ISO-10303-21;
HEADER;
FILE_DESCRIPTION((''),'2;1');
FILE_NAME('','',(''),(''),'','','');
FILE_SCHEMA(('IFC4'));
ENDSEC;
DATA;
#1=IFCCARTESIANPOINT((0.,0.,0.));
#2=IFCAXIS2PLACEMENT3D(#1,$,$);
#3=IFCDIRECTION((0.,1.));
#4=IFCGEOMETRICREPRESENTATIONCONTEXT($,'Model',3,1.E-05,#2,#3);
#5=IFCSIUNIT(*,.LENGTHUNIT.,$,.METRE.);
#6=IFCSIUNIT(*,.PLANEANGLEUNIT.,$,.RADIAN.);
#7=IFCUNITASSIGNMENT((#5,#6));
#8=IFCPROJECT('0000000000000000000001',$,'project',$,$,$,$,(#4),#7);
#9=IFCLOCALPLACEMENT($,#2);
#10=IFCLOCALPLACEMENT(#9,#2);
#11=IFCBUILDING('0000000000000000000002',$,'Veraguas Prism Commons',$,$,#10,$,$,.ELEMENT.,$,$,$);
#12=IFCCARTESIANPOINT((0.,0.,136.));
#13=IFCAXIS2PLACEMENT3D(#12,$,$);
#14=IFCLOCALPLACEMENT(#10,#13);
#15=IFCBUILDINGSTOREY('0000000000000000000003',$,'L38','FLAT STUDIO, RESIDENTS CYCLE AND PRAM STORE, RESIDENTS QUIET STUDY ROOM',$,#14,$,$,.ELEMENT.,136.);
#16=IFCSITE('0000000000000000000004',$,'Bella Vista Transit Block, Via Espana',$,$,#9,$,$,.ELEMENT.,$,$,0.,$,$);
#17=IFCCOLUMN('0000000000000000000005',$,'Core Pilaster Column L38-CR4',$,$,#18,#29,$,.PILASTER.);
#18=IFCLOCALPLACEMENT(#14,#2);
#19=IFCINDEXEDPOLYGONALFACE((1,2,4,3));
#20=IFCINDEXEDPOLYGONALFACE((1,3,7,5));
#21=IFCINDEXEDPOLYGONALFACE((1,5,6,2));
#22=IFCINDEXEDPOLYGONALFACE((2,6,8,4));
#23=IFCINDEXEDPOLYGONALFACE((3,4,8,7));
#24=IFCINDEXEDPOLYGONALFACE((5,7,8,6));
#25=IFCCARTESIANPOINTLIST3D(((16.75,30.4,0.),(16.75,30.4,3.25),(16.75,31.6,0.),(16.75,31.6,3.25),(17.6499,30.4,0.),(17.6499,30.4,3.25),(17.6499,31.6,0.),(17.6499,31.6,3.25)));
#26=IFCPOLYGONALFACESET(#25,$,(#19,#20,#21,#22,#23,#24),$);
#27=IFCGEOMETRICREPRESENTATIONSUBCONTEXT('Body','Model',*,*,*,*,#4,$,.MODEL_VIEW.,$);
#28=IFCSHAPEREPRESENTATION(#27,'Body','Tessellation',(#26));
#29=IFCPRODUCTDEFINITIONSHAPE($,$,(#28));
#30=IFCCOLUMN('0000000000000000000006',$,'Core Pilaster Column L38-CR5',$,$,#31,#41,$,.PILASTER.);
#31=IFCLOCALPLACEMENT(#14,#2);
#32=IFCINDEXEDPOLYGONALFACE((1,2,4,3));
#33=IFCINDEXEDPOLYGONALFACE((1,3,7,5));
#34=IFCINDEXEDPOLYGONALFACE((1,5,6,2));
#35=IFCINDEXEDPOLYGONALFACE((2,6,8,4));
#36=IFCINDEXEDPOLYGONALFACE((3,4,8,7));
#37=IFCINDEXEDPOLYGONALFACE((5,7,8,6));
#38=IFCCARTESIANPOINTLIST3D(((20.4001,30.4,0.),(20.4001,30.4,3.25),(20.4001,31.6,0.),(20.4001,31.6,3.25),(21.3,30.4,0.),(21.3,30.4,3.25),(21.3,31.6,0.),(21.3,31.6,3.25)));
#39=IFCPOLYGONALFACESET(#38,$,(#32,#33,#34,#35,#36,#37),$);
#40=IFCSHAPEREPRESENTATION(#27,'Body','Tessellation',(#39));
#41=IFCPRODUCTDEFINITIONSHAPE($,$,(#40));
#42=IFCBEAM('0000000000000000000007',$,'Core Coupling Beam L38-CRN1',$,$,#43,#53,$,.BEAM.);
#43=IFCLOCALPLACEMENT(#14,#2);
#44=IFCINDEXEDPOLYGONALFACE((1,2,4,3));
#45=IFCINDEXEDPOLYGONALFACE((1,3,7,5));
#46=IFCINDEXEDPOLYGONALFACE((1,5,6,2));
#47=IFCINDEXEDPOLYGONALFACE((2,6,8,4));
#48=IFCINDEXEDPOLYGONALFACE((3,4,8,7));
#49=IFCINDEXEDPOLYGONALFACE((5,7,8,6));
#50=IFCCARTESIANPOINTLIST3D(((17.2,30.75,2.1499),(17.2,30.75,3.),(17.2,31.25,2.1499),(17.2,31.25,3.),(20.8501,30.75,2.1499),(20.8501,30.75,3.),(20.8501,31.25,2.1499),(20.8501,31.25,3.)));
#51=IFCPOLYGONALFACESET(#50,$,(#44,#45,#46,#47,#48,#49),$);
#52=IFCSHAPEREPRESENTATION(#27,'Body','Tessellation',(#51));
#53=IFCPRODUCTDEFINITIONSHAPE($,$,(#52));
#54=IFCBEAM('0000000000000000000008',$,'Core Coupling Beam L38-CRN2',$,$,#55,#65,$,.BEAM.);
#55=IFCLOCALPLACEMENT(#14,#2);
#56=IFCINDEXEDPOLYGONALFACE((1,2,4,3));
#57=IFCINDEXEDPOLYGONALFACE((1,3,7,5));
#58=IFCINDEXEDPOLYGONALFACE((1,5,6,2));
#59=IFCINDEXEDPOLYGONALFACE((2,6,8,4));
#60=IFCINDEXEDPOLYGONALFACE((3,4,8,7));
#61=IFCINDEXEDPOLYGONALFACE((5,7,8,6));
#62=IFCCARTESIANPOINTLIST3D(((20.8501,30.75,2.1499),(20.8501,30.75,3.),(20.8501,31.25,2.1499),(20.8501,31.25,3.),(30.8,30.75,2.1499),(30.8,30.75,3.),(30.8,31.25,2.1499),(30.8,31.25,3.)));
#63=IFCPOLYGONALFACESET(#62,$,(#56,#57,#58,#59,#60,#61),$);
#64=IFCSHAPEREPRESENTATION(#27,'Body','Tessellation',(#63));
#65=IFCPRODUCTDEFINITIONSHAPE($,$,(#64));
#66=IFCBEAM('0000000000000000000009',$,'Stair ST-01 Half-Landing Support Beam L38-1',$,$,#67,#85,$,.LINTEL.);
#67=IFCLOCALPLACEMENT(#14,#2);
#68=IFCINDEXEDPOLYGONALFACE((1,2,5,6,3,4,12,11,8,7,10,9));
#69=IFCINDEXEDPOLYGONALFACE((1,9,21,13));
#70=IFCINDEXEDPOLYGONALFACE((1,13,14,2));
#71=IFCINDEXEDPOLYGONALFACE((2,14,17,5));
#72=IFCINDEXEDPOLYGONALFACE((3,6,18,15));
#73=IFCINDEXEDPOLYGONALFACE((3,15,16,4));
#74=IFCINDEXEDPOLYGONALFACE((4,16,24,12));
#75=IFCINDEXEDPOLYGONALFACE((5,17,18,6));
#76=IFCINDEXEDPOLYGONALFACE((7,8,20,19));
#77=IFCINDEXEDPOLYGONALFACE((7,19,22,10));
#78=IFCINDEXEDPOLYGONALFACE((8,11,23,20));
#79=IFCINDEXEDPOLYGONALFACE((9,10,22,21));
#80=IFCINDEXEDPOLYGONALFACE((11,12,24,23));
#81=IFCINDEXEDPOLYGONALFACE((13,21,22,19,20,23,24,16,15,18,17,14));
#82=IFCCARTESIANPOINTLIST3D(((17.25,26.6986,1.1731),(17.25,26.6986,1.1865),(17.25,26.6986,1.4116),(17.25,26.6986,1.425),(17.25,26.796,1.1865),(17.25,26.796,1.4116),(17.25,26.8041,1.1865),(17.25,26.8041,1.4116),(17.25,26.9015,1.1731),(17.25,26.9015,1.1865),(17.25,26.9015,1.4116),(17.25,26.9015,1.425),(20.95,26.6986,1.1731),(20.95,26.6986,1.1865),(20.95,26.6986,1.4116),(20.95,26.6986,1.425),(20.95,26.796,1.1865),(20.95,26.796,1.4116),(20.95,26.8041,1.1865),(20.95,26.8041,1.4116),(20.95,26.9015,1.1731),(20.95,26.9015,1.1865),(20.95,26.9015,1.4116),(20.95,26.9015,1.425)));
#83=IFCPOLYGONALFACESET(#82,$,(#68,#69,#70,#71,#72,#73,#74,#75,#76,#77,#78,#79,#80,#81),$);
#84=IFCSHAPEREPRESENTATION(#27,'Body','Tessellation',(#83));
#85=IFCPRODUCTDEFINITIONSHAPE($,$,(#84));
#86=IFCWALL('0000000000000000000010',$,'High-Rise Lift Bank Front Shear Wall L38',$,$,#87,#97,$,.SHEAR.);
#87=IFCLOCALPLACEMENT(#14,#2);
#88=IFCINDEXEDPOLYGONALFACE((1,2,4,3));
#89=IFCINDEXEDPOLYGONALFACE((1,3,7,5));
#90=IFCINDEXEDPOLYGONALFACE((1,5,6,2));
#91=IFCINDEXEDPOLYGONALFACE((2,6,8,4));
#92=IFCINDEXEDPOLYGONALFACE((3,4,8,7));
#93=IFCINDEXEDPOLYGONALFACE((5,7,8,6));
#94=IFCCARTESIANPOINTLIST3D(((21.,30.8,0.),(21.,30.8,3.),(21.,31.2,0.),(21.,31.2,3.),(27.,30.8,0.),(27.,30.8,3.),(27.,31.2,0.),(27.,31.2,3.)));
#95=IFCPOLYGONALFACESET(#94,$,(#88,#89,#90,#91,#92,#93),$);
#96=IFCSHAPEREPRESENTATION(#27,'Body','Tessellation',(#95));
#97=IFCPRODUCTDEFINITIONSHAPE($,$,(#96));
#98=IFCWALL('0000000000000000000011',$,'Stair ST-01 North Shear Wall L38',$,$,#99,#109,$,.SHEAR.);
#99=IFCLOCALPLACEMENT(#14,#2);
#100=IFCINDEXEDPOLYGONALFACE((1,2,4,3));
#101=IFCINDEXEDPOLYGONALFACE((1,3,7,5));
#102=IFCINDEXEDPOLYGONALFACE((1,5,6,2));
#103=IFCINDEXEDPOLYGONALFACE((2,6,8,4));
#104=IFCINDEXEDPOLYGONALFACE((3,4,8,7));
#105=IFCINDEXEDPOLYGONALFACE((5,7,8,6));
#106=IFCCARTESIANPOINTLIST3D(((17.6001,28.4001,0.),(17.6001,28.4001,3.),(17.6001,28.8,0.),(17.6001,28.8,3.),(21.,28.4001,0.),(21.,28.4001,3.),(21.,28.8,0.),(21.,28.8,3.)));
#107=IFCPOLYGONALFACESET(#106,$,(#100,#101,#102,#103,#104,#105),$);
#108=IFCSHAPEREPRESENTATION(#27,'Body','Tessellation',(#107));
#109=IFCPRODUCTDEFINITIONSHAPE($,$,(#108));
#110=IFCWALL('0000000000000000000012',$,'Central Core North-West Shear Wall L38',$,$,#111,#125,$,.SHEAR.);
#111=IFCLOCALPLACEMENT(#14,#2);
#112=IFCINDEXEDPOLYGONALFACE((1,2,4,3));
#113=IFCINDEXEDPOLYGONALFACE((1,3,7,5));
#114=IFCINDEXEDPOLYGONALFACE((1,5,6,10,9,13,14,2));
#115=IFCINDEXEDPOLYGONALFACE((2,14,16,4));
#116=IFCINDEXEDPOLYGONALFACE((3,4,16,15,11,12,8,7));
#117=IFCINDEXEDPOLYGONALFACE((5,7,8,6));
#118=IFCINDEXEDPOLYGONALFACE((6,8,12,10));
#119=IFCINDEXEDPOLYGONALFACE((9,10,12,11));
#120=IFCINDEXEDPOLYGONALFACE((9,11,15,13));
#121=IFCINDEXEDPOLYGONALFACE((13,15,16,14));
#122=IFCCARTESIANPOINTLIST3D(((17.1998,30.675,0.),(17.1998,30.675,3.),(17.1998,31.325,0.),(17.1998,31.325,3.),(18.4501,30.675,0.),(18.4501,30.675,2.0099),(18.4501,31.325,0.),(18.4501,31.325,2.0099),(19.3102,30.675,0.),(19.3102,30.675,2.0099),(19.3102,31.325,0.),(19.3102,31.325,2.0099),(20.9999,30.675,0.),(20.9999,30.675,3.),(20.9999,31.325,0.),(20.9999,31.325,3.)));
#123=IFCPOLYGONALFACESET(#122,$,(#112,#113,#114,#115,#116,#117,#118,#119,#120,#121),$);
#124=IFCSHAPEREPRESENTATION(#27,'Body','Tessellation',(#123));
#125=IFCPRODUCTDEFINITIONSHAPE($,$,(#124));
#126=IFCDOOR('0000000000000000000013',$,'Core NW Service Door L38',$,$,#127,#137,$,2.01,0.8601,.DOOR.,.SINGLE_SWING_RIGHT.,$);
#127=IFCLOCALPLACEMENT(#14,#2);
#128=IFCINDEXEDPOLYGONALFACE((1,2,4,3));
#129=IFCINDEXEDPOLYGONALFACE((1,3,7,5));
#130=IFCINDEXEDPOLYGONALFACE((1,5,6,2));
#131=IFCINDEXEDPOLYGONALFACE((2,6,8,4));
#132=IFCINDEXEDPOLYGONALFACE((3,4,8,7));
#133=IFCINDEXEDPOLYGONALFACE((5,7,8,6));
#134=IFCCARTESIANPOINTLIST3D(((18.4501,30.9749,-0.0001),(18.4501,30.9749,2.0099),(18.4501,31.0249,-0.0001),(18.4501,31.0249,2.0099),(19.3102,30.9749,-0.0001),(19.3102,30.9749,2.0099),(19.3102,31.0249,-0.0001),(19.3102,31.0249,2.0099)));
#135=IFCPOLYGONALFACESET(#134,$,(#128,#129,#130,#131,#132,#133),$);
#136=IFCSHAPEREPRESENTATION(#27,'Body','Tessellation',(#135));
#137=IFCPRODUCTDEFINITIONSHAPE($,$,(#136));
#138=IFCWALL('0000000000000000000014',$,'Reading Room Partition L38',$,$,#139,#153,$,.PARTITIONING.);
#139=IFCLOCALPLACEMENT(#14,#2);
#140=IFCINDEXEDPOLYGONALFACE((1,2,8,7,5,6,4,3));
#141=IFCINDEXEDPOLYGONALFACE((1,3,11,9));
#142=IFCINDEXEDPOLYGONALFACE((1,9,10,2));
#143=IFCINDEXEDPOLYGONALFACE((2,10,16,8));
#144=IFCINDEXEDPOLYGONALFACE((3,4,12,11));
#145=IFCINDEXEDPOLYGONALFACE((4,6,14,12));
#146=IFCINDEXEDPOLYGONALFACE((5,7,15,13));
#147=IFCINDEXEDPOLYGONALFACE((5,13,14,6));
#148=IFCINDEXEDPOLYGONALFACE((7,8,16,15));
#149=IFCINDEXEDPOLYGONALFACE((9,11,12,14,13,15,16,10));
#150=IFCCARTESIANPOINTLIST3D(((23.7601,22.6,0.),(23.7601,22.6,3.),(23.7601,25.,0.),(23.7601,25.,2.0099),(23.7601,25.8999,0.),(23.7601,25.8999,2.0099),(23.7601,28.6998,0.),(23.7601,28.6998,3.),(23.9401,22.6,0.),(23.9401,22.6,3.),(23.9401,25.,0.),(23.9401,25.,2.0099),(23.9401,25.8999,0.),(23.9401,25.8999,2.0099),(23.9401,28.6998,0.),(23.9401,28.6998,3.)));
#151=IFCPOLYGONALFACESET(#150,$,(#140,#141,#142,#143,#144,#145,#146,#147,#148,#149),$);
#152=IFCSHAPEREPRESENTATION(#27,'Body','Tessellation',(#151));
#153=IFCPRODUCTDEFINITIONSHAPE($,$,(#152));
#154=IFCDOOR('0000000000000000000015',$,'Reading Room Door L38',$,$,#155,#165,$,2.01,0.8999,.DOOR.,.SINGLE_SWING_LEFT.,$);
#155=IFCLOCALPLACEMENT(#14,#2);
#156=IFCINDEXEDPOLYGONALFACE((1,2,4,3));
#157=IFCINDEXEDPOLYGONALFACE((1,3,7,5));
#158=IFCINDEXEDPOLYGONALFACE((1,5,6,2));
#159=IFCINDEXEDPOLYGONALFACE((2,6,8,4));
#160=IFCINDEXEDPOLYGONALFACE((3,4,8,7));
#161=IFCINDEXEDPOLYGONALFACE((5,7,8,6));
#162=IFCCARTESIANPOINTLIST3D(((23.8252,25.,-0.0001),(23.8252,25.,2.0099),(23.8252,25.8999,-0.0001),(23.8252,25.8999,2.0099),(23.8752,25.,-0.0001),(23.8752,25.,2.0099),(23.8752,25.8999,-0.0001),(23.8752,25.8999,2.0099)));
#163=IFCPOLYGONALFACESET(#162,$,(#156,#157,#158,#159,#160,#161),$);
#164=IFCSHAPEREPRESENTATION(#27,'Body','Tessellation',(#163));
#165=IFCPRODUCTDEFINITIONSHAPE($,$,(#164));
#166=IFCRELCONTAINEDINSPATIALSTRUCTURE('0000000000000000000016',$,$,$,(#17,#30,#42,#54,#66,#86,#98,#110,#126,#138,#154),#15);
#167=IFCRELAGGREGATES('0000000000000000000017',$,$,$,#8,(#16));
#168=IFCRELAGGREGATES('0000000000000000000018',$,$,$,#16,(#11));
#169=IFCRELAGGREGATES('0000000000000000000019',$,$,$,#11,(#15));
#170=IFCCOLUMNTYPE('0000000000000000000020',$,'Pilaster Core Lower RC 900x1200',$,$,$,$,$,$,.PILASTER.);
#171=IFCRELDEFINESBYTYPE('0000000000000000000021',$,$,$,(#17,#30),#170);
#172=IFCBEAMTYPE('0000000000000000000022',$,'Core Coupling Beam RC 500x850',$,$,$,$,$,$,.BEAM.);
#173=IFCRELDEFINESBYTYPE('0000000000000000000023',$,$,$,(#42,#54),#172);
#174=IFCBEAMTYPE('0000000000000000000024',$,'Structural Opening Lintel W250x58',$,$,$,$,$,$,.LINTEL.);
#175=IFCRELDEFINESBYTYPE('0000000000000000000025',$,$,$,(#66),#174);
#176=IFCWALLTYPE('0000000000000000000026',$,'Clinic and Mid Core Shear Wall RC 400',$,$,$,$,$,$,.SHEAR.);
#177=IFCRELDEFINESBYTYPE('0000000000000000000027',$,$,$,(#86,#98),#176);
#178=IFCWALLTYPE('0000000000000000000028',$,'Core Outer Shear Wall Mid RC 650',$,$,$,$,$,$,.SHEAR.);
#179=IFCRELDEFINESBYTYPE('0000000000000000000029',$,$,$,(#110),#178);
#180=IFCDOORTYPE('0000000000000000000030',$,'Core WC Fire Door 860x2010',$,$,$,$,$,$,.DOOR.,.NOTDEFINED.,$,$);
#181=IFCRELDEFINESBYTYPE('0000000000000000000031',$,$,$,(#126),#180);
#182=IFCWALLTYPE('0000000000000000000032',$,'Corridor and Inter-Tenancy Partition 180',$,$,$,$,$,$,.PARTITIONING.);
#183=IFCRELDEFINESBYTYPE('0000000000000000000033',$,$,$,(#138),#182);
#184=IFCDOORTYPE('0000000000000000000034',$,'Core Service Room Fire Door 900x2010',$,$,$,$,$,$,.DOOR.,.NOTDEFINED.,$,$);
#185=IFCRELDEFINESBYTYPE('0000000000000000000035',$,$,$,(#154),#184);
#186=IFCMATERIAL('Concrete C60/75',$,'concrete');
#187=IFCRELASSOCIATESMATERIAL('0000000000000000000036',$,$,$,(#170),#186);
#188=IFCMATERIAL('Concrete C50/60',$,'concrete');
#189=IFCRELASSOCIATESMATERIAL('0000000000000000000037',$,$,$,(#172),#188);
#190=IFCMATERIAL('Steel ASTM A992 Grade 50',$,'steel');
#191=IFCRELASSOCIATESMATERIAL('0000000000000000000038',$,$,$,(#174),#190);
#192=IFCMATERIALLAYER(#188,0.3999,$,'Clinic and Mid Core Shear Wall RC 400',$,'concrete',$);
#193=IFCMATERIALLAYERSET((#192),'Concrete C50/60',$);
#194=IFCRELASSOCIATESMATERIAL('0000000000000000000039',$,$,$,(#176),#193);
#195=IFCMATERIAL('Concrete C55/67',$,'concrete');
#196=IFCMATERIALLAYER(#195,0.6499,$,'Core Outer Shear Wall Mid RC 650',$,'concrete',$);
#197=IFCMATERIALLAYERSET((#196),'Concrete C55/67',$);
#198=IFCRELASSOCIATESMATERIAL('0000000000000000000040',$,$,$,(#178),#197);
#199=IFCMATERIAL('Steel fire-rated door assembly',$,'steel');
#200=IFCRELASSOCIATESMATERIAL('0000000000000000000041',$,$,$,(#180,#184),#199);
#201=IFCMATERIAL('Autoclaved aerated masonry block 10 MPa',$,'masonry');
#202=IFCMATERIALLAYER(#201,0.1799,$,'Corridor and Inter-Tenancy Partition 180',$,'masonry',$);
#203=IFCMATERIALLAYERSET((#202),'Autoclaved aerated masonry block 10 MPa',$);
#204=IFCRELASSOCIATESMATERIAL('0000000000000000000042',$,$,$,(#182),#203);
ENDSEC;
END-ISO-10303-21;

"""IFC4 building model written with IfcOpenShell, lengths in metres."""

from ifc_helpers import new_model, si_unit, direction, frame, frame_2d, origin, origin_2d, place, context, subcontext, project, spatial, rectangle, i_section, extrude, source, transform, mapped, material, layer, layer_set, material_profile, profile_set, type_object, element, fill, save


model = new_model("IFC4")

# Units and contexts
model_context = context("Model", 3, precision=1e-05, world=origin(), true_north=direction((0.0, 1.0)))
body_context = subcontext(model_context, "Body", "Model", "MODEL_VIEW")
ifc_project = project(units=[si_unit("LENGTHUNIT", "METRE"), si_unit("PLANEANGLEUNIT", "RADIAN")], contexts=[model_context])

# Site, building, storey
site_placement = place(None, origin())
site = spatial("IfcSite", under=ifc_project, at=site_placement, Name="Bella Vista Transit Block, Via Espana", CompositionType="ELEMENT", RefElevation=0.0)
building_placement = place(site_placement, origin())
building = spatial("IfcBuilding", under=site, at=building_placement, Name="Veraguas Prism Commons", CompositionType="ELEMENT")
storey_placement = place(building_placement, frame((0.0, 0.0, 136.0)))
storey = spatial("IfcBuildingStorey", under=building, at=storey_placement, Name="L38", Description="FLAT STUDIO, RESIDENTS CYCLE AND PRAM STORE, RESIDENTS QUIET STUDY ROOM", CompositionType="ELEMENT", Elevation=136.0)

# Columns
ifc_material_1 = material(Name="Concrete C60/75", Category="concrete")
ifc_material_profile_1 = material_profile(ifc_material_1, rectangle(XDim=0.8999, YDim=1.2, at=origin_2d()), Name="RC900X1200")
ifc_profile_set_1 = profile_set([ifc_material_profile_1], Name="Concrete C60/75")
column_type = type_object("IfcColumnType", Name="Pilaster Core Lower RC 900x1200", PredefinedType="PILASTER", material=ifc_profile_set_1)
for number, where, z_axis, x_axis, name in (
    (1, (17.2, 31.0, 0.0), (0.0, 0.0, 1.0), (1.0, 0.0, 0.0), "Core Pilaster Column L38-CR4"),
    (2, (20.8501, 31.0, 0.0), (0.0, 0.0, 1.0), (1.0, 0.0, 0.0), "Core Pilaster Column L38-CR5"),
):
    element("IfcColumn", number, at=place(storey_placement, frame(where, z_axis=z_axis, x_axis=x_axis)), inside=storey, type_object=column_type, Name=name, PredefinedType="PILASTER", context=body_context, shape_type="SweptSolid", body=[
        extrude(rectangle(XDim=0.8999, YDim=1.2, at=origin_2d()), origin(), (0.0, 0.0, 1.0), 3.25),
    ])

# Beams
ifc_material_2 = material(Name="Concrete C50/60", Category="concrete")
ifc_material_profile_2 = material_profile(ifc_material_2, rectangle(XDim=0.5, YDim=0.8501, at=origin_2d()), Name="RC500X850")
ifc_profile_set_2 = profile_set([ifc_material_profile_2], Name="Concrete C50/60")
beam_type_1 = type_object("IfcBeamType", Name="Core Coupling Beam RC 500x850", PredefinedType="BEAM", material=ifc_profile_set_2)
beam_1_placement = place(storey_placement, frame((17.2, 31.0, 2.575), z_axis=(1.0, 0.0, 0.0), x_axis=(0.0, 1.0, 0.0)))
element("IfcBeam", 3, at=beam_1_placement, inside=storey, type_object=beam_type_1, Name="Core Coupling Beam L38-CRN1", PredefinedType="BEAM", context=body_context, shape_type="SweptSolid", body=[
    extrude(rectangle(XDim=0.5, YDim=0.8501, at=origin_2d()), origin(), (0.0, 0.0, 1.0), 3.6501),
])
beam_2_placement = place(storey_placement, frame((20.8501, 31.0, 2.575), z_axis=(1.0, 0.0, 0.0), x_axis=(0.0, 1.0, 0.0)))
element("IfcBeam", 4, at=beam_2_placement, inside=storey, type_object=beam_type_1, Name="Core Coupling Beam L38-CRN2", PredefinedType="BEAM", context=body_context, shape_type="SweptSolid", body=[
    extrude(rectangle(XDim=0.5, YDim=0.8501, at=origin_2d()), origin(), (0.0, 0.0, 1.0), 9.95),
])
ifc_material_3 = material(Name="Steel ASTM A992 Grade 50", Category="steel")
ifc_material_profile_3 = material_profile(ifc_material_3, i_section(OverallWidth=0.2029, OverallDepth=0.252, WebThickness=0.0081, FlangeThickness=0.0134, at=origin_2d()), Name="W250X58")
ifc_profile_set_3 = profile_set([ifc_material_profile_3], Name="Steel ASTM A992 Grade 50")
beam_type_2 = type_object("IfcBeamType", Name="Structural Opening Lintel W250x58", PredefinedType="LINTEL", material=ifc_profile_set_3)
beam_3_placement = place(storey_placement, frame((17.25, 26.8, 1.2991), z_axis=(1.0, 0.0, 0.0), x_axis=(0.0, 1.0, 0.0)))
element("IfcBeam", 5, at=beam_3_placement, inside=storey, type_object=beam_type_2, Name="Stair ST-01 Half-Landing Support Beam L38-1", PredefinedType="LINTEL", context=body_context, shape_type="SweptSolid", body=[
    extrude(i_section(OverallWidth=0.2029, OverallDepth=0.252, WebThickness=0.0081, FlangeThickness=0.0134, at=origin_2d()), origin(), (0.0, 0.0, 1.0), 3.7),
])

# Walls
ifc_layer_1 = layer(ifc_material_2, 0.3999, Name="Clinic and Mid Core Shear Wall RC 400", Category="concrete")
ifc_layer_set_1 = layer_set([ifc_layer_1], Name="Concrete C50/60")
wall_type_1 = type_object("IfcWallType", Name="Clinic and Mid Core Shear Wall RC 400", PredefinedType="SHEAR", material=ifc_layer_set_1)
wall_1_placement = place(storey_placement, frame((21.0, 31.0, 0.0), z_axis=(0.0, 0.0, 1.0), x_axis=(1.0, 0.0, 0.0)))
element("IfcWall", 6, at=wall_1_placement, inside=storey, type_object=wall_type_1, Name="High-Rise Lift Bank Front Shear Wall L38", PredefinedType="SHEAR", context=body_context, shape_type="SweptSolid", body=[
    extrude(rectangle(XDim=6.0, YDim=0.3999, at=frame_2d((3.0, 0.0))), origin(), (0.0, 0.0, 1.0), 3.0),
])
wall_2_placement = place(storey_placement, frame((17.6001, 28.6001, 0.0), z_axis=(0.0, 0.0, 1.0), x_axis=(1.0, 0.0, 0.0)))
element("IfcWall", 7, at=wall_2_placement, inside=storey, type_object=wall_type_1, Name="Stair ST-01 North Shear Wall L38", PredefinedType="SHEAR", context=body_context, shape_type="SweptSolid", body=[
    extrude(rectangle(XDim=3.3999, YDim=0.3999, at=frame_2d((1.7, 0.0))), origin(), (0.0, 0.0, 1.0), 3.0),
])

# Walls, openings, doors
ifc_material_4 = material(Name="Concrete C55/67", Category="concrete")
ifc_layer_2 = layer(ifc_material_4, 0.6499, Name="Core Outer Shear Wall Mid RC 650", Category="concrete")
ifc_layer_set_2 = layer_set([ifc_layer_2], Name="Concrete C55/67")
wall_type_2 = type_object("IfcWallType", Name="Core Outer Shear Wall Mid RC 650", PredefinedType="SHEAR", material=ifc_layer_set_2)
wall_3_placement = place(storey_placement, frame((17.2, 31.0, 0.0), z_axis=(0.0, 0.0, 1.0), x_axis=(1.0, 0.0, 0.0)))
wall_3 = element("IfcWall", 8, at=wall_3_placement, inside=storey, type_object=wall_type_2, Name="Central Core North-West Shear Wall L38", PredefinedType="SHEAR", context=body_context, shape_type="SweptSolid", body=[
    extrude(rectangle(XDim=3.8, YDim=0.6499, at=frame_2d((1.8999, 0.0))), origin(), (0.0, 0.0, 1.0), 3.0),
])
opening_1_placement = place(wall_3_placement, frame((1.25, 0.0, 0.0)))
opening_1 = element("IfcOpeningElement", 9, at=opening_1_placement, cuts=wall_3, PredefinedType="OPENING", context=body_context, shape_type="SweptSolid", body=[
    extrude(rectangle(XDim=0.8601, YDim=2.01, at=frame_2d((0.4302, 1.0049))), frame((0.0, 0.335, 0.0), z_axis=(0.0, -1.0, 0.0), x_axis=(1.0, 0.0, 0.0)), (0.0, 0.0, 1.0), 0.6699),
])
ifc_material_5 = material(Name="Steel fire-rated door assembly", Category="steel")
door_type_1 = type_object("IfcDoorType", Name="Core WC Fire Door 860x2010", OperationType="NOTDEFINED", PredefinedType="DOOR", material=ifc_material_5)
shared_shape_1 = source(origin(), body_context, "Body", "SweptSolid", [
    extrude(rectangle(XDim=0.8601, YDim=2.01, at=frame_2d((0.4302, 1.0049))), frame((0.0, 0.0249, 0.0), z_axis=(0.0, -1.0, 0.0), x_axis=(1.0, 0.0, 0.0)), (0.0, 0.0, 1.0), 0.05),
])
door_1_placement = place(opening_1_placement, origin())
door_1 = element("IfcDoor", 10, at=door_1_placement, inside=storey, type_object=door_type_1, Name="Core NW Service Door L38", OperationType="SINGLE_SWING_RIGHT", OverallHeight=2.01, OverallWidth=0.8601, PredefinedType="DOOR", context=body_context, shape_type="MappedRepresentation", body=[
    mapped(shared_shape_1, transform((0.0, 0.0, 0.0), scale=1.0)),
])
fill(opening_1, door_1)
ifc_material_6 = material(Name="Autoclaved aerated masonry block 10 MPa", Category="masonry")
ifc_layer_3 = layer(ifc_material_6, 0.1799, Name="Corridor and Inter-Tenancy Partition 180", Category="masonry")
ifc_layer_set_3 = layer_set([ifc_layer_3], Name="Autoclaved aerated masonry block 10 MPa")
wall_type_3 = type_object("IfcWallType", Name="Corridor and Inter-Tenancy Partition 180", PredefinedType="PARTITIONING", material=ifc_layer_set_3)
wall_4_placement = place(storey_placement, frame((23.8501, 22.6001, 0.0), z_axis=(0.0, 0.0, 1.0), x_axis=(0.0, 1.0, 0.0)))
wall_4 = element("IfcWall", 11, at=wall_4_placement, inside=storey, type_object=wall_type_3, Name="Reading Room Partition L38", PredefinedType="PARTITIONING", context=body_context, shape_type="SweptSolid", body=[
    extrude(rectangle(XDim=6.0999, YDim=0.1799, at=frame_2d((3.0498, 0.0))), origin(), (0.0, 0.0, 1.0), 3.0),
])
opening_2_placement = place(wall_4_placement, frame((2.3999, 0.0, 0.0)))
opening_2 = element("IfcOpeningElement", 12, at=opening_2_placement, cuts=wall_4, PredefinedType="OPENING", context=body_context, shape_type="SweptSolid", body=[
    extrude(rectangle(XDim=0.8999, YDim=2.01, at=frame_2d((0.45, 1.0049))), frame((0.0, 0.0999, 0.0), z_axis=(0.0, -1.0, 0.0), x_axis=(1.0, 0.0, 0.0)), (0.0, 0.0, 1.0), 0.2),
])
door_type_2 = type_object("IfcDoorType", Name="Core Service Room Fire Door 900x2010", OperationType="NOTDEFINED", PredefinedType="DOOR", material=ifc_material_5)
shared_shape_2 = source(origin(), body_context, "Body", "SweptSolid", [
    extrude(rectangle(XDim=0.8999, YDim=2.01, at=frame_2d((0.45, 1.0049))), frame((0.0, 0.0249, 0.0), z_axis=(0.0, -1.0, 0.0), x_axis=(1.0, 0.0, 0.0)), (0.0, 0.0, 1.0), 0.05),
])
door_2_placement = place(opening_2_placement, origin())
door_2 = element("IfcDoor", 13, at=door_2_placement, inside=storey, type_object=door_type_2, Name="Reading Room Door L38", OperationType="SINGLE_SWING_LEFT", OverallHeight=2.01, OverallWidth=0.8999, PredefinedType="DOOR", context=body_context, shape_type="MappedRepresentation", body=[
    mapped(shared_shape_2, transform((0.0, 0.0, 0.0), scale=1.0)),
])
fill(opening_2, door_2)

save(model, "model.ifc")
